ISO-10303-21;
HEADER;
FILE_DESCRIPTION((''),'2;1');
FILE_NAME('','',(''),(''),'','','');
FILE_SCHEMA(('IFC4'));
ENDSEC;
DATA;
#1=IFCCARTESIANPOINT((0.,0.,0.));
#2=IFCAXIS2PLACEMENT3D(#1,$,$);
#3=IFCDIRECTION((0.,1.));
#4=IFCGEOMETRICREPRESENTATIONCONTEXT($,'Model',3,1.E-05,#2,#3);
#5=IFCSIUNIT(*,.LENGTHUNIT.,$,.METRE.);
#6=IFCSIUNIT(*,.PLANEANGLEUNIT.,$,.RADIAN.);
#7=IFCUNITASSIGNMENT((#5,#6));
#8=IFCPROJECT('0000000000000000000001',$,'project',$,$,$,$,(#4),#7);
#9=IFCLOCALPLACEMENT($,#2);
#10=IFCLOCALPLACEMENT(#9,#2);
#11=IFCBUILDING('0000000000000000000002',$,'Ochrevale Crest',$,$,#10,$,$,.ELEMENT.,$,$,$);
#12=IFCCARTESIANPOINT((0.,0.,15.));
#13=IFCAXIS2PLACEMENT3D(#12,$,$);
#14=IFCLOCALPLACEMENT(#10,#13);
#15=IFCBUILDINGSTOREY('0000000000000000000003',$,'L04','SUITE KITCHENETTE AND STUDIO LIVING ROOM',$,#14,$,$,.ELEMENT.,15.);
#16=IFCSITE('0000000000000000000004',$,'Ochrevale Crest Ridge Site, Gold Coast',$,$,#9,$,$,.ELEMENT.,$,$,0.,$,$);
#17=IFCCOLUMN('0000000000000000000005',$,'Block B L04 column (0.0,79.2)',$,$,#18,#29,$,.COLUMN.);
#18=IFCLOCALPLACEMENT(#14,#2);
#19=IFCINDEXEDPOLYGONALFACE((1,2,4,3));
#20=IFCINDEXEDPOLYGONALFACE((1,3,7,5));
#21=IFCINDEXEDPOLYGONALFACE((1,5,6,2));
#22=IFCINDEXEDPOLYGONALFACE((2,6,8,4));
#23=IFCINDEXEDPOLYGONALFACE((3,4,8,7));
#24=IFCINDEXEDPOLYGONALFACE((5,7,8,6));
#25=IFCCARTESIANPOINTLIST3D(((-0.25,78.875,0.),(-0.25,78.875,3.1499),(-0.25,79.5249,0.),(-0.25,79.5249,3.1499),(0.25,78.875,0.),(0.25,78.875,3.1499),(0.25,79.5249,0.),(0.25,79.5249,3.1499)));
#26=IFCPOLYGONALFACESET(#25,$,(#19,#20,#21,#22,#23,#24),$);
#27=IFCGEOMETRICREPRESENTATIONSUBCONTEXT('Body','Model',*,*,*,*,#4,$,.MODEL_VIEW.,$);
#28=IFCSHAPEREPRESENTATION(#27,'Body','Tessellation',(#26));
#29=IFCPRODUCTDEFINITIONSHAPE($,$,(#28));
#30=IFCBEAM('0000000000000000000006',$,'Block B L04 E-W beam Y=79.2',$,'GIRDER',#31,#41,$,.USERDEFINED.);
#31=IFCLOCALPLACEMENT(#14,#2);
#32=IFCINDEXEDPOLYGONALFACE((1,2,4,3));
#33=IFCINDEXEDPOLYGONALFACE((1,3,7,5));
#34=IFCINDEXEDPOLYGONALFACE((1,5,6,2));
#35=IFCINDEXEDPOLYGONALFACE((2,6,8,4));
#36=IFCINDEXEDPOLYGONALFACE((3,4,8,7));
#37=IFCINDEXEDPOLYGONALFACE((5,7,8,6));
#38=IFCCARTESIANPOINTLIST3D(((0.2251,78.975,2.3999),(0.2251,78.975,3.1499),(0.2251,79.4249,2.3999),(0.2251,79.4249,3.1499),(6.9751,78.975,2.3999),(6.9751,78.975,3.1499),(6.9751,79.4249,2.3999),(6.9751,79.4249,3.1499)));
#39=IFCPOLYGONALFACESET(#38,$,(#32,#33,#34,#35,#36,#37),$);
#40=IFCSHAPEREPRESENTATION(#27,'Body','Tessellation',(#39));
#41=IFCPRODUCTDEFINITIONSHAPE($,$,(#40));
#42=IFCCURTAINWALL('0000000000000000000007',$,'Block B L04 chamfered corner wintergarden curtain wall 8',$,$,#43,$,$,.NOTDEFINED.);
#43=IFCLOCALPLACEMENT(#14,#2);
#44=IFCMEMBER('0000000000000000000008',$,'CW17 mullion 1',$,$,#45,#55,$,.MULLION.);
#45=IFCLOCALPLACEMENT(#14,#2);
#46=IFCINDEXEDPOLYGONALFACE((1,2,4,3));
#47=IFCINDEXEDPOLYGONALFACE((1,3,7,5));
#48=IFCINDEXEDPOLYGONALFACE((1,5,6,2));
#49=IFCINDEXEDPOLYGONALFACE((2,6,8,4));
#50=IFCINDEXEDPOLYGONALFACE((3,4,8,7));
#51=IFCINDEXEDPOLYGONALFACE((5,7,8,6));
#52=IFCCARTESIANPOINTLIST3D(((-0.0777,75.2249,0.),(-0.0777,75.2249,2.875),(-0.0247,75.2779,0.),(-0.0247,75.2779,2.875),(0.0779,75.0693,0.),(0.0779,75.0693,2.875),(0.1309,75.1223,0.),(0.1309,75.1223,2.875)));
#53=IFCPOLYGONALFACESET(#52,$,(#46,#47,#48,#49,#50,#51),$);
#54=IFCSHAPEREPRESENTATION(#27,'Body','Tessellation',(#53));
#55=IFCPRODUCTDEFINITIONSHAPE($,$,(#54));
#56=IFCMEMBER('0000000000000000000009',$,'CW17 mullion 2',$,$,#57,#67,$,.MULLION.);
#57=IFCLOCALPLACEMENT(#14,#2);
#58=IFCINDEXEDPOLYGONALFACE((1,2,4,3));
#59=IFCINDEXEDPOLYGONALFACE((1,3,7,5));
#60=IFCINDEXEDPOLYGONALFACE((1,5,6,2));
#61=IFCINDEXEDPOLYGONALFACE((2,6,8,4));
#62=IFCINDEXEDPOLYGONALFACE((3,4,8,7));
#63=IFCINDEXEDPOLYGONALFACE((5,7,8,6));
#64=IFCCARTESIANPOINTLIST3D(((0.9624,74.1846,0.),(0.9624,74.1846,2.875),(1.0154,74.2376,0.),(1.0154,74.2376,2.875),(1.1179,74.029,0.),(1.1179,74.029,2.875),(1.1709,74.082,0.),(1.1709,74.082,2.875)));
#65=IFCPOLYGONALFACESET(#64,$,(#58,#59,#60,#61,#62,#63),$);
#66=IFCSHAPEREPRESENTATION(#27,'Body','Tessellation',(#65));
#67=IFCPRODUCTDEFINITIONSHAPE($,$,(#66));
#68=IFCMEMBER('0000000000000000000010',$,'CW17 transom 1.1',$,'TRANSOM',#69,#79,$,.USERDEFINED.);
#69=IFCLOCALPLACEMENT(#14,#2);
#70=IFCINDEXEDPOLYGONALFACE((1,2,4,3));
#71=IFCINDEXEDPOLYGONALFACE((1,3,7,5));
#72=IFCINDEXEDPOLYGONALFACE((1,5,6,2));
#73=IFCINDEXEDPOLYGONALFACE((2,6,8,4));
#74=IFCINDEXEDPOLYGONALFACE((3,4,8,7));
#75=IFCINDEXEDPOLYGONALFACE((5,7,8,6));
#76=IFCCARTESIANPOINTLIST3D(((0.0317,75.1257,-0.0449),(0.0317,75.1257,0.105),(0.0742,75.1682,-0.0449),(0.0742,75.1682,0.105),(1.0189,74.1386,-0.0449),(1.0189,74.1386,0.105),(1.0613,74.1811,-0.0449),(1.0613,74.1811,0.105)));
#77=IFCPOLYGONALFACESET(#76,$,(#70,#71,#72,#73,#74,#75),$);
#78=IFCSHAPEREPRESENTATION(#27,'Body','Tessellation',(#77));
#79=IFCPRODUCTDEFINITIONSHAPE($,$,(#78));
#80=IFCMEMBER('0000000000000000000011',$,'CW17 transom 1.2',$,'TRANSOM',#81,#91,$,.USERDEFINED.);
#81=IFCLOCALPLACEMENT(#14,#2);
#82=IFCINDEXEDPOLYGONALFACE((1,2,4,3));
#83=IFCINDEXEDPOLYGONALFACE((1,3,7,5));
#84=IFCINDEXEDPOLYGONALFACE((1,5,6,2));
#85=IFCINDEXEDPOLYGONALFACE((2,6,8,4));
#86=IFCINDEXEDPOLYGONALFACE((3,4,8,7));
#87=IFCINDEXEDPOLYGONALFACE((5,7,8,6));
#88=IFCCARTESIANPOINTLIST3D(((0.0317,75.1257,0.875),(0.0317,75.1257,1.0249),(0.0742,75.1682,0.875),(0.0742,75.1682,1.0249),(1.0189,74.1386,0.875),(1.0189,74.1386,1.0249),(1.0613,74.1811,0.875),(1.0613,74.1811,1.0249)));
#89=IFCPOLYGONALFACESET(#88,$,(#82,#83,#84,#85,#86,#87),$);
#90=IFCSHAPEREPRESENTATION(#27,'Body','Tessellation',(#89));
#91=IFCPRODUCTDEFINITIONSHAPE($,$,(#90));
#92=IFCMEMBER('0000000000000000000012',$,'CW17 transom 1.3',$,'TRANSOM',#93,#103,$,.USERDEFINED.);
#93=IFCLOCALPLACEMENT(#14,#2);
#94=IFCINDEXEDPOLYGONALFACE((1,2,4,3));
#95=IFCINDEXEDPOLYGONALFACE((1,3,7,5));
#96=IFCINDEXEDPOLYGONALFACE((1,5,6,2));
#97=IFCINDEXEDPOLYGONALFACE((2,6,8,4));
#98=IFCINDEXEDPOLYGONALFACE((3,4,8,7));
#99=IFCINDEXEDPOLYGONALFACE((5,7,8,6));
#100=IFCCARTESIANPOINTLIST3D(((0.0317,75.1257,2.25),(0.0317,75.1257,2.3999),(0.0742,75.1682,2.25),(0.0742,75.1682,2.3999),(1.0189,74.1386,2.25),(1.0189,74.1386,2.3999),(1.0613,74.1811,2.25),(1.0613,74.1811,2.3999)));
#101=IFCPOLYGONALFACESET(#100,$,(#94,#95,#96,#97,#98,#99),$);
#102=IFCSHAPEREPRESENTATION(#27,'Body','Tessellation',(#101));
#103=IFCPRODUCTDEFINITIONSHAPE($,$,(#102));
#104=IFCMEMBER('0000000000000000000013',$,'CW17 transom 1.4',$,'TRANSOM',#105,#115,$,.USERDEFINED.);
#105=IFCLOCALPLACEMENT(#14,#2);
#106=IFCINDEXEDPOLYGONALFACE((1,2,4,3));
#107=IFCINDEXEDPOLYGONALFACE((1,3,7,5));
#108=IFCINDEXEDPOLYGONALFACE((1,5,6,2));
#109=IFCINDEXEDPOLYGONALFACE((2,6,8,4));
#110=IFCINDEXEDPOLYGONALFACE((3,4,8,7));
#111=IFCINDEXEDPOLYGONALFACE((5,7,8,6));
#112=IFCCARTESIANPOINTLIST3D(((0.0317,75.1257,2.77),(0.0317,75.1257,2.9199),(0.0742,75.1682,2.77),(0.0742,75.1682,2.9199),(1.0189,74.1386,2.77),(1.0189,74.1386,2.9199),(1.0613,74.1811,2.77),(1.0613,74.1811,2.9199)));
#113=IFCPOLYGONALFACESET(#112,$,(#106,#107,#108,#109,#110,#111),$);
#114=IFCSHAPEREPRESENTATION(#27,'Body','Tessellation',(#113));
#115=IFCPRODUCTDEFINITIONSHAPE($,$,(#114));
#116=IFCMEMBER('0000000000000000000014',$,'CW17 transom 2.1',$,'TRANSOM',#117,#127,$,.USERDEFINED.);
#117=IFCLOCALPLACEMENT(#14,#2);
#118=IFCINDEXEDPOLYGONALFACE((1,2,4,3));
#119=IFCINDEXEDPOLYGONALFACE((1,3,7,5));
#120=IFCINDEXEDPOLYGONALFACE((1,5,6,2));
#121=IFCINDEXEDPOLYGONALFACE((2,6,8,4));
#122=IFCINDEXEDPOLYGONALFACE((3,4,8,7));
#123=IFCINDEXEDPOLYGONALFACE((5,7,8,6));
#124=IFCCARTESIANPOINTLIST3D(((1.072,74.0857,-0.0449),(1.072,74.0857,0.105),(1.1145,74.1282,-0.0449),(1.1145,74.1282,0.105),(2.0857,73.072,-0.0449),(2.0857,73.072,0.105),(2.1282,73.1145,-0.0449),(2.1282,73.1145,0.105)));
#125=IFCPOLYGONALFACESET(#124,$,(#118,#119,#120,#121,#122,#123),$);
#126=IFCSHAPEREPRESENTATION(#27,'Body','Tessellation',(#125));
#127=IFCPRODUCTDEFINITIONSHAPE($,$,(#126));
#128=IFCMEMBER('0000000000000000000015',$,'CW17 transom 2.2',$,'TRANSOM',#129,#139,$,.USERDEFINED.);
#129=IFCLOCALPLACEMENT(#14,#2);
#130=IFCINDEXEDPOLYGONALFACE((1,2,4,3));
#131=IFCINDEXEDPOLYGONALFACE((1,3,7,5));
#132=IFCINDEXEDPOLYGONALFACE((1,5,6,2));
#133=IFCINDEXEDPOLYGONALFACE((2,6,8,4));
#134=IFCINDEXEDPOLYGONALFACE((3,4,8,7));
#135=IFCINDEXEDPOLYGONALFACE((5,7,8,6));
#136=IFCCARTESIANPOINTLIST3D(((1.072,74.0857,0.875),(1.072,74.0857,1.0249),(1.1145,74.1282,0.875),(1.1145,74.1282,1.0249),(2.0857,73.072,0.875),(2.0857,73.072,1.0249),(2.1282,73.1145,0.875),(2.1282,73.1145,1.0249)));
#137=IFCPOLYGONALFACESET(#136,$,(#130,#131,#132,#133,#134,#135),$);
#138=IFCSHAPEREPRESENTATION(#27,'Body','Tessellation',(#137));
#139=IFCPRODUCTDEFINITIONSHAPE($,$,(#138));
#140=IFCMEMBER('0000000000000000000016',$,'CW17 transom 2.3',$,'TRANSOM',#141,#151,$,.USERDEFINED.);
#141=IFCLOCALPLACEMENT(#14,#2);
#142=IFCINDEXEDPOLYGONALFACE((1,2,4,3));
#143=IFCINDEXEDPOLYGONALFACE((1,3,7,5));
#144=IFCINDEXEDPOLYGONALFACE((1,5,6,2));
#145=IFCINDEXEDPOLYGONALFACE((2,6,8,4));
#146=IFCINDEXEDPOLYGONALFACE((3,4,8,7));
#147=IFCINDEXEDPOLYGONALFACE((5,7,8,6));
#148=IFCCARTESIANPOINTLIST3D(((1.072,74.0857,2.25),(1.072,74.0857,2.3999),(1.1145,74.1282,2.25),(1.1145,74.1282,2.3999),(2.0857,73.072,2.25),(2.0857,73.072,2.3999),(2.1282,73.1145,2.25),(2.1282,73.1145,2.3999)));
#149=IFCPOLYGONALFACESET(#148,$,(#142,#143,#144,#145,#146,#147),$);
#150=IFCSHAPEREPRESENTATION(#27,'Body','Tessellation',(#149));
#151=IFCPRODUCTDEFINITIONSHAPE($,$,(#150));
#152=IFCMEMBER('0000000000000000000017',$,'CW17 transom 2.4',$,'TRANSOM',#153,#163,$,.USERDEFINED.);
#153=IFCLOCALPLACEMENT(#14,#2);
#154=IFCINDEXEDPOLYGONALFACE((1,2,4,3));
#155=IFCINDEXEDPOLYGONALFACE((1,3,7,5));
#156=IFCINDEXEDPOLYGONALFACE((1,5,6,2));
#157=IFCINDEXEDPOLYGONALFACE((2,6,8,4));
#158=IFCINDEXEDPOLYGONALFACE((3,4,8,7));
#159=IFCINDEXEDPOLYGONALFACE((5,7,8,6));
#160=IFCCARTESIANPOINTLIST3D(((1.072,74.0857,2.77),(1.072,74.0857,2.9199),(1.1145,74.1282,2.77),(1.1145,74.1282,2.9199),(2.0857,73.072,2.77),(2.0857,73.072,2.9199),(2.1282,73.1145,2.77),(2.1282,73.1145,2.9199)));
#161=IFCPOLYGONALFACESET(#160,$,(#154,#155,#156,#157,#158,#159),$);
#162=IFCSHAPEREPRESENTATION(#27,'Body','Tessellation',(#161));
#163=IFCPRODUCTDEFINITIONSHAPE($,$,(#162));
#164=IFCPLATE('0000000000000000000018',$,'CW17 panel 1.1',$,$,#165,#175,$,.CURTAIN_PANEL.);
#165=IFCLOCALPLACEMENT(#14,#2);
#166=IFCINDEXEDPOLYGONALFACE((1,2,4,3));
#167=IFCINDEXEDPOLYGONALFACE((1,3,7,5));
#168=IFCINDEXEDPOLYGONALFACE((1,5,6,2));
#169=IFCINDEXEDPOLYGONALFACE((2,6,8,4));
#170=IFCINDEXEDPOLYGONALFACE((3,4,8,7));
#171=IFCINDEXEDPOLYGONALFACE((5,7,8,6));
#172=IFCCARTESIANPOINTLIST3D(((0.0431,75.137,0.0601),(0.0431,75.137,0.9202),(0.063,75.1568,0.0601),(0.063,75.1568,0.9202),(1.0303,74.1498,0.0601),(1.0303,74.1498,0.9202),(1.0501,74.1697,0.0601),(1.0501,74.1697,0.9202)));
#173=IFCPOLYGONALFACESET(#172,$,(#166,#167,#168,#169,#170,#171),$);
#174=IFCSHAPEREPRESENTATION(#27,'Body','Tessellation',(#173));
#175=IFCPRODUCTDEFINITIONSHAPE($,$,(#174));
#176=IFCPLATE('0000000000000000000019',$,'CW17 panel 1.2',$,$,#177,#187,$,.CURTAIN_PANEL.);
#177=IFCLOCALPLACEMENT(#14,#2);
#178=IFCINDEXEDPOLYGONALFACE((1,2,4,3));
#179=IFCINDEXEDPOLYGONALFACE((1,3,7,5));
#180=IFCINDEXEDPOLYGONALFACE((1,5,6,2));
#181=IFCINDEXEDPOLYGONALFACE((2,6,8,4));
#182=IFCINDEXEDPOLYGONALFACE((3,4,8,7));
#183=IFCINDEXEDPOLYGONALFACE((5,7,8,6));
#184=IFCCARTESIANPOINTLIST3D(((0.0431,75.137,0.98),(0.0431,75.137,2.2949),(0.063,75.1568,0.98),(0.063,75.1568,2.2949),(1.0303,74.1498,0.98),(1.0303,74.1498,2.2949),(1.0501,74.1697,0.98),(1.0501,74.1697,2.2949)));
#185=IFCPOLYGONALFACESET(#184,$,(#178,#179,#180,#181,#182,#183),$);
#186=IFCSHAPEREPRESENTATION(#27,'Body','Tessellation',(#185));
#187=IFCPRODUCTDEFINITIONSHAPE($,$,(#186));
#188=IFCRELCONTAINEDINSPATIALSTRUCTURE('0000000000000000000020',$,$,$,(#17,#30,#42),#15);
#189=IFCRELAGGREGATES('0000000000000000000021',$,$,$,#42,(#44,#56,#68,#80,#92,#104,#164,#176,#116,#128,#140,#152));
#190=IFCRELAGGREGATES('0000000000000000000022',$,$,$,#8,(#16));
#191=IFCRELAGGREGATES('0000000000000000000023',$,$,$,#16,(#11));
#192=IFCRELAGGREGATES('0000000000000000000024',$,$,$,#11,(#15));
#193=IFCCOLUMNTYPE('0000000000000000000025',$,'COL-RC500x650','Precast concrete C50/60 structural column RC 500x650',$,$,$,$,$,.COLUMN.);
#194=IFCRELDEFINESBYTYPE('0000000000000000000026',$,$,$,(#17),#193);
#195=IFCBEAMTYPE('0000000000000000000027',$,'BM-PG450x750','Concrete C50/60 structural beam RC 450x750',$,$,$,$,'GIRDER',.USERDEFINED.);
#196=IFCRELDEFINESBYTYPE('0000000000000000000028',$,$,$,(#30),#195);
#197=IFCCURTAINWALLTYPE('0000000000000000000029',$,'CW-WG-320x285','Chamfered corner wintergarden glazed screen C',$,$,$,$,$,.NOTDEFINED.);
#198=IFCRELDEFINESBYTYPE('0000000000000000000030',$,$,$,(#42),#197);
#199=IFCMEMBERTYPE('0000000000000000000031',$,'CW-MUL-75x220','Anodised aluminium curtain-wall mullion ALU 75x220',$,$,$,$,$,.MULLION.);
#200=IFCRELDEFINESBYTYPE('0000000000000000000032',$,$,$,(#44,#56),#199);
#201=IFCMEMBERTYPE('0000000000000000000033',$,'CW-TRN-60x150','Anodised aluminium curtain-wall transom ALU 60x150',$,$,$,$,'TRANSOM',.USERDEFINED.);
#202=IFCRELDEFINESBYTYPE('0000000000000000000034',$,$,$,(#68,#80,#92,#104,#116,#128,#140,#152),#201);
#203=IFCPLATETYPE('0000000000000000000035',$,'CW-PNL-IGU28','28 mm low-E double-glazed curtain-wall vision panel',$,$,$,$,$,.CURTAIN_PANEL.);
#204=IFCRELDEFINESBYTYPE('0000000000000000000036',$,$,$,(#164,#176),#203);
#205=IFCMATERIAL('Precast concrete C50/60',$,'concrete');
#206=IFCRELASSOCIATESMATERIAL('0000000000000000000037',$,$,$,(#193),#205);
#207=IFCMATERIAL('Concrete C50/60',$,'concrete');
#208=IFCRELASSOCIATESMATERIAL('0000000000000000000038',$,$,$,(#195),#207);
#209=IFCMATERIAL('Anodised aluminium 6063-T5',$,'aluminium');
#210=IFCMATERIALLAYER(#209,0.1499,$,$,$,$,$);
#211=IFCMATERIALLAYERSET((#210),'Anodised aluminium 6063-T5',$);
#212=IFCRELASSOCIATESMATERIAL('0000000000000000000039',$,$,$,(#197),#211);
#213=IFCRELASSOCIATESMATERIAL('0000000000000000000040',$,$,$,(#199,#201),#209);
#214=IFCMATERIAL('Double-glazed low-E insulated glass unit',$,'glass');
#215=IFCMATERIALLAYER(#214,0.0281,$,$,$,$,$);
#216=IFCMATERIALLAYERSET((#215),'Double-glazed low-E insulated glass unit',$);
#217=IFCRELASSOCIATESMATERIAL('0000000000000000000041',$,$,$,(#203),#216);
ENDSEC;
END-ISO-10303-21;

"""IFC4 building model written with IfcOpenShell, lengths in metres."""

from ifc_helpers import new_model, si_unit, direction, frame, origin, origin_2d, place, context, subcontext, project, spatial, rectangle, extrude, material, layer, layer_set, material_profile, profile_set, type_object, element, aggregate, save


model = new_model("IFC4")

# Units and contexts
model_context = context("Model", 3, precision=1e-05, world=origin(), true_north=direction((0.0, 1.0)))
body_context = subcontext(model_context, "Body", "Model", "MODEL_VIEW")
ifc_project = project(units=[si_unit("LENGTHUNIT", "METRE"), si_unit("PLANEANGLEUNIT", "RADIAN")], contexts=[model_context])

# Site, building, storey
site_placement = place(None, origin())
site = spatial("IfcSite", under=ifc_project, at=site_placement, Name="Ochrevale Crest Ridge Site, Gold Coast", CompositionType="ELEMENT", RefElevation=0.0)
building_placement = place(site_placement, origin())
building = spatial("IfcBuilding", under=site, at=building_placement, Name="Ochrevale Crest", CompositionType="ELEMENT")
storey_placement = place(building_placement, frame((0.0, 0.0, 15.0)))
storey = spatial("IfcBuildingStorey", under=building, at=storey_placement, Name="L04", Description="SUITE KITCHENETTE AND STUDIO LIVING ROOM", CompositionType="ELEMENT", Elevation=15.0)

# Column
ifc_material_1 = material(Name="Precast concrete C50/60", Category="concrete")
ifc_material_profile_1 = material_profile(ifc_material_1, rectangle(XDim=0.5, YDim=0.6499, at=origin_2d()), Name="RC 500x650")
ifc_profile_set_1 = profile_set([ifc_material_profile_1], Name="Precast concrete C50/60")
column_type = type_object("IfcColumnType", Name="COL-RC500x650", Description="Precast concrete C50/60 structural column RC 500x650", PredefinedType="COLUMN", material=ifc_profile_set_1)
column_placement = place(storey_placement, frame((0.0, 79.2, 0.0), z_axis=(0.0, 0.0, 1.0), x_axis=(1.0, 0.0, 0.0)))
element("IfcColumn", 1, at=column_placement, inside=storey, type_object=column_type, Name="Block B L04 column (0.0,79.2)", PredefinedType="COLUMN", context=body_context, shape_type="SweptSolid", body=[
    extrude(rectangle(XDim=0.5, YDim=0.6499, at=origin_2d()), origin(), (0.0, 0.0, 1.0), 3.1499),
])

# Beam
ifc_material_2 = material(Name="Concrete C50/60", Category="concrete")
ifc_material_profile_2 = material_profile(ifc_material_2, rectangle(XDim=0.45, YDim=0.75, at=origin_2d()), Name="RC 450x750")
ifc_profile_set_2 = profile_set([ifc_material_profile_2], Name="Concrete C50/60")
beam_type = type_object("IfcBeamType", Name="BM-PG450x750", Description="Concrete C50/60 structural beam RC 450x750", ElementType="GIRDER", PredefinedType="USERDEFINED", material=ifc_profile_set_2)
beam_placement = place(storey_placement, frame((0.2251, 79.2, 2.7749), z_axis=(1.0, 0.0, 0.0), x_axis=(0.0, 1.0, 0.0)))
element("IfcBeam", 2, at=beam_placement, inside=storey, type_object=beam_type, Name="Block B L04 E-W beam Y=79.2", ObjectType="GIRDER", PredefinedType="USERDEFINED", context=body_context, shape_type="SweptSolid", body=[
    extrude(rectangle(XDim=0.45, YDim=0.75, at=origin_2d()), origin(), (0.0, 0.0, 1.0), 6.75),
])

# Curtain wall, members, plates
ifc_material_3 = material(Name="Anodised aluminium 6063-T5", Category="aluminium")
ifc_layer_1 = layer(ifc_material_3, 0.1499)
ifc_layer_set_1 = layer_set([ifc_layer_1], Name="Anodised aluminium 6063-T5")
curtain_wall_type = type_object("IfcCurtainWallType", Name="CW-WG-320x285", Description="Chamfered corner wintergarden glazed screen C", PredefinedType="NOTDEFINED", material=ifc_layer_set_1)
curtain_wall_placement = place(storey_placement, origin())
curtain_wall = element("IfcCurtainWall", 3, at=curtain_wall_placement, inside=storey, type_object=curtain_wall_type, Name="Block B L04 chamfered corner wintergarden curtain wall 8", PredefinedType="NOTDEFINED")
ifc_material_profile_3 = material_profile(ifc_material_3, rectangle(XDim=0.075, YDim=0.22, at=origin_2d()), Name="ALU 75x220")
ifc_profile_set_3 = profile_set([ifc_material_profile_3], Name="Anodised aluminium 6063-T5")
member_type_1 = type_object("IfcMemberType", Name="CW-MUL-75x220", Description="Anodised aluminium curtain-wall mullion ALU 75x220", PredefinedType="MULLION", material=ifc_profile_set_3)
member_1_placement = place(storey_placement, frame((0.0266, 75.1736, 0.0), z_axis=(0.0, 0.0, 1.0), x_axis=(0.707107, 0.707107, 0.0)))
member_1 = element("IfcMember", 4, at=member_1_placement, type_object=member_type_1, Name="CW17 mullion 1", PredefinedType="MULLION", context=body_context, shape_type="SweptSolid", body=[
    extrude(rectangle(XDim=0.075, YDim=0.22, at=origin_2d()), origin(), (0.0, 0.0, 1.0), 2.875),
])
member_2_placement = place(storey_placement, frame((1.0667, 74.1333, 0.0), z_axis=(0.0, 0.0, 1.0), x_axis=(0.707107, 0.707107, 0.0)))
member_2 = element("IfcMember", 5, at=member_2_placement, type_object=member_type_1, Name="CW17 mullion 2", PredefinedType="MULLION", context=body_context, shape_type="SweptSolid", body=[
    extrude(rectangle(XDim=0.075, YDim=0.22, at=origin_2d()), origin(), (0.0, 0.0, 1.0), 2.875),
])
ifc_material_profile_4 = material_profile(ifc_material_3, rectangle(XDim=0.0601, YDim=0.1499, at=origin_2d()), Name="ALU 60x150")
ifc_profile_set_4 = profile_set([ifc_material_profile_4], Name="Anodised aluminium 6063-T5")
member_type_2 = type_object("IfcMemberType", Name="CW-TRN-60x150", Description="Anodised aluminium curtain-wall transom ALU 60x150", ElementType="TRANSOM", PredefinedType="USERDEFINED", material=ifc_profile_set_4)
member_3_placement = place(storey_placement, frame((0.053, 75.147, 0.03), z_axis=(0.707107, -0.707107, 0.0), x_axis=(0.707107, 0.707107, 0.0)))
member_3 = element("IfcMember", 6, at=member_3_placement, type_object=member_type_2, Name="CW17 transom 1.1", ObjectType="TRANSOM", PredefinedType="USERDEFINED", context=body_context, shape_type="SweptSolid", body=[
    extrude(rectangle(XDim=0.0601, YDim=0.1499, at=origin_2d()), origin(), (0.0, 0.0, 1.0), 1.396),
])
member_4_placement = place(storey_placement, frame((0.053, 75.147, 0.95), z_axis=(0.707107, -0.707107, 0.0), x_axis=(0.707107, 0.707107, 0.0)))
member_4 = element("IfcMember", 7, at=member_4_placement, type_object=member_type_2, Name="CW17 transom 1.2", ObjectType="TRANSOM", PredefinedType="USERDEFINED", context=body_context, shape_type="SweptSolid", body=[
    extrude(rectangle(XDim=0.0601, YDim=0.1499, at=origin_2d()), origin(), (0.0, 0.0, 1.0), 1.396),
])
member_5_placement = place(storey_placement, frame((0.053, 75.147, 2.325), z_axis=(0.707107, -0.707107, 0.0), x_axis=(0.707107, 0.707107, 0.0)))
member_5 = element("IfcMember", 8, at=member_5_placement, type_object=member_type_2, Name="CW17 transom 1.3", ObjectType="TRANSOM", PredefinedType="USERDEFINED", context=body_context, shape_type="SweptSolid", body=[
    extrude(rectangle(XDim=0.0601, YDim=0.1499, at=origin_2d()), origin(), (0.0, 0.0, 1.0), 1.396),
])
member_6_placement = place(storey_placement, frame((0.053, 75.147, 2.845), z_axis=(0.707107, -0.707107, 0.0), x_axis=(0.707107, 0.707107, 0.0)))
member_6 = element("IfcMember", 9, at=member_6_placement, type_object=member_type_2, Name="CW17 transom 1.4", ObjectType="TRANSOM", PredefinedType="USERDEFINED", context=body_context, shape_type="SweptSolid", body=[
    extrude(rectangle(XDim=0.0601, YDim=0.1499, at=origin_2d()), origin(), (0.0, 0.0, 1.0), 1.396),
])
member_7_placement = place(storey_placement, frame((1.0933, 74.1069, 0.03), z_axis=(0.707107, -0.707107, 0.0), x_axis=(0.707107, 0.707107, 0.0)))
member_7 = element("IfcMember", 10, at=member_7_placement, type_object=member_type_2, Name="CW17 transom 2.1", ObjectType="TRANSOM", PredefinedType="USERDEFINED", context=body_context, shape_type="SweptSolid", body=[
    extrude(rectangle(XDim=0.0601, YDim=0.1499, at=origin_2d()), origin(), (0.0, 0.0, 1.0), 1.4336),
])
member_8_placement = place(storey_placement, frame((1.0933, 74.1069, 0.95), z_axis=(0.707107, -0.707107, 0.0), x_axis=(0.707107, 0.707107, 0.0)))
member_8 = element("IfcMember", 11, at=member_8_placement, type_object=member_type_2, Name="CW17 transom 2.2", ObjectType="TRANSOM", PredefinedType="USERDEFINED", context=body_context, shape_type="SweptSolid", body=[
    extrude(rectangle(XDim=0.0601, YDim=0.1499, at=origin_2d()), origin(), (0.0, 0.0, 1.0), 1.4336),
])
member_9_placement = place(storey_placement, frame((1.0933, 74.1069, 2.325), z_axis=(0.707107, -0.707107, 0.0), x_axis=(0.707107, 0.707107, 0.0)))
member_9 = element("IfcMember", 12, at=member_9_placement, type_object=member_type_2, Name="CW17 transom 2.3", ObjectType="TRANSOM", PredefinedType="USERDEFINED", context=body_context, shape_type="SweptSolid", body=[
    extrude(rectangle(XDim=0.0601, YDim=0.1499, at=origin_2d()), origin(), (0.0, 0.0, 1.0), 1.4336),
])
member_10_placement = place(storey_placement, frame((1.0933, 74.1069, 2.845), z_axis=(0.707107, -0.707107, 0.0), x_axis=(0.707107, 0.707107, 0.0)))
member_10 = element("IfcMember", 13, at=member_10_placement, type_object=member_type_2, Name="CW17 transom 2.4", ObjectType="TRANSOM", PredefinedType="USERDEFINED", context=body_context, shape_type="SweptSolid", body=[
    extrude(rectangle(XDim=0.0601, YDim=0.1499, at=origin_2d()), origin(), (0.0, 0.0, 1.0), 1.4336),
])
ifc_material_4 = material(Name="Double-glazed low-E insulated glass unit", Category="glass")
ifc_layer_2 = layer(ifc_material_4, 0.0281)
ifc_layer_set_2 = layer_set([ifc_layer_2], Name="Double-glazed low-E insulated glass unit")
plate_type = type_object("IfcPlateType", Name="CW-PNL-IGU28", Description="28 mm low-E double-glazed curtain-wall vision panel", PredefinedType="CURTAIN_PANEL", material=ifc_layer_set_2)
plate_1_placement = place(storey_placement, frame((0.5466, 74.6533, 0.0601), z_axis=(0.0, 0.0, 1.0), x_axis=(0.707107, -0.707107, 0.0)))
plate_1 = element("IfcPlate", 14, at=plate_1_placement, type_object=plate_type, Name="CW17 panel 1.1", PredefinedType="CURTAIN_PANEL", context=body_context, shape_type="SweptSolid", body=[
    extrude(rectangle(XDim=1.396, YDim=0.0281, at=origin_2d()), origin(), (0.0, 0.0, 1.0), 0.8601),
])
plate_2_placement = place(storey_placement, frame((0.5466, 74.6533, 0.98), z_axis=(0.0, 0.0, 1.0), x_axis=(0.707107, -0.707107, 0.0)))
plate_2 = element("IfcPlate", 15, at=plate_2_placement, type_object=plate_type, Name="CW17 panel 1.2", PredefinedType="CURTAIN_PANEL", context=body_context, shape_type="SweptSolid", body=[
    extrude(rectangle(XDim=1.396, YDim=0.0281, at=origin_2d()), origin(), (0.0, 0.0, 1.0), 1.3149),
])
aggregate(curtain_wall, [member_1, member_2, member_3, member_4, member_5, member_6, plate_1, plate_2, member_7, member_8, member_9, member_10])

save(model, "model.ifc")
